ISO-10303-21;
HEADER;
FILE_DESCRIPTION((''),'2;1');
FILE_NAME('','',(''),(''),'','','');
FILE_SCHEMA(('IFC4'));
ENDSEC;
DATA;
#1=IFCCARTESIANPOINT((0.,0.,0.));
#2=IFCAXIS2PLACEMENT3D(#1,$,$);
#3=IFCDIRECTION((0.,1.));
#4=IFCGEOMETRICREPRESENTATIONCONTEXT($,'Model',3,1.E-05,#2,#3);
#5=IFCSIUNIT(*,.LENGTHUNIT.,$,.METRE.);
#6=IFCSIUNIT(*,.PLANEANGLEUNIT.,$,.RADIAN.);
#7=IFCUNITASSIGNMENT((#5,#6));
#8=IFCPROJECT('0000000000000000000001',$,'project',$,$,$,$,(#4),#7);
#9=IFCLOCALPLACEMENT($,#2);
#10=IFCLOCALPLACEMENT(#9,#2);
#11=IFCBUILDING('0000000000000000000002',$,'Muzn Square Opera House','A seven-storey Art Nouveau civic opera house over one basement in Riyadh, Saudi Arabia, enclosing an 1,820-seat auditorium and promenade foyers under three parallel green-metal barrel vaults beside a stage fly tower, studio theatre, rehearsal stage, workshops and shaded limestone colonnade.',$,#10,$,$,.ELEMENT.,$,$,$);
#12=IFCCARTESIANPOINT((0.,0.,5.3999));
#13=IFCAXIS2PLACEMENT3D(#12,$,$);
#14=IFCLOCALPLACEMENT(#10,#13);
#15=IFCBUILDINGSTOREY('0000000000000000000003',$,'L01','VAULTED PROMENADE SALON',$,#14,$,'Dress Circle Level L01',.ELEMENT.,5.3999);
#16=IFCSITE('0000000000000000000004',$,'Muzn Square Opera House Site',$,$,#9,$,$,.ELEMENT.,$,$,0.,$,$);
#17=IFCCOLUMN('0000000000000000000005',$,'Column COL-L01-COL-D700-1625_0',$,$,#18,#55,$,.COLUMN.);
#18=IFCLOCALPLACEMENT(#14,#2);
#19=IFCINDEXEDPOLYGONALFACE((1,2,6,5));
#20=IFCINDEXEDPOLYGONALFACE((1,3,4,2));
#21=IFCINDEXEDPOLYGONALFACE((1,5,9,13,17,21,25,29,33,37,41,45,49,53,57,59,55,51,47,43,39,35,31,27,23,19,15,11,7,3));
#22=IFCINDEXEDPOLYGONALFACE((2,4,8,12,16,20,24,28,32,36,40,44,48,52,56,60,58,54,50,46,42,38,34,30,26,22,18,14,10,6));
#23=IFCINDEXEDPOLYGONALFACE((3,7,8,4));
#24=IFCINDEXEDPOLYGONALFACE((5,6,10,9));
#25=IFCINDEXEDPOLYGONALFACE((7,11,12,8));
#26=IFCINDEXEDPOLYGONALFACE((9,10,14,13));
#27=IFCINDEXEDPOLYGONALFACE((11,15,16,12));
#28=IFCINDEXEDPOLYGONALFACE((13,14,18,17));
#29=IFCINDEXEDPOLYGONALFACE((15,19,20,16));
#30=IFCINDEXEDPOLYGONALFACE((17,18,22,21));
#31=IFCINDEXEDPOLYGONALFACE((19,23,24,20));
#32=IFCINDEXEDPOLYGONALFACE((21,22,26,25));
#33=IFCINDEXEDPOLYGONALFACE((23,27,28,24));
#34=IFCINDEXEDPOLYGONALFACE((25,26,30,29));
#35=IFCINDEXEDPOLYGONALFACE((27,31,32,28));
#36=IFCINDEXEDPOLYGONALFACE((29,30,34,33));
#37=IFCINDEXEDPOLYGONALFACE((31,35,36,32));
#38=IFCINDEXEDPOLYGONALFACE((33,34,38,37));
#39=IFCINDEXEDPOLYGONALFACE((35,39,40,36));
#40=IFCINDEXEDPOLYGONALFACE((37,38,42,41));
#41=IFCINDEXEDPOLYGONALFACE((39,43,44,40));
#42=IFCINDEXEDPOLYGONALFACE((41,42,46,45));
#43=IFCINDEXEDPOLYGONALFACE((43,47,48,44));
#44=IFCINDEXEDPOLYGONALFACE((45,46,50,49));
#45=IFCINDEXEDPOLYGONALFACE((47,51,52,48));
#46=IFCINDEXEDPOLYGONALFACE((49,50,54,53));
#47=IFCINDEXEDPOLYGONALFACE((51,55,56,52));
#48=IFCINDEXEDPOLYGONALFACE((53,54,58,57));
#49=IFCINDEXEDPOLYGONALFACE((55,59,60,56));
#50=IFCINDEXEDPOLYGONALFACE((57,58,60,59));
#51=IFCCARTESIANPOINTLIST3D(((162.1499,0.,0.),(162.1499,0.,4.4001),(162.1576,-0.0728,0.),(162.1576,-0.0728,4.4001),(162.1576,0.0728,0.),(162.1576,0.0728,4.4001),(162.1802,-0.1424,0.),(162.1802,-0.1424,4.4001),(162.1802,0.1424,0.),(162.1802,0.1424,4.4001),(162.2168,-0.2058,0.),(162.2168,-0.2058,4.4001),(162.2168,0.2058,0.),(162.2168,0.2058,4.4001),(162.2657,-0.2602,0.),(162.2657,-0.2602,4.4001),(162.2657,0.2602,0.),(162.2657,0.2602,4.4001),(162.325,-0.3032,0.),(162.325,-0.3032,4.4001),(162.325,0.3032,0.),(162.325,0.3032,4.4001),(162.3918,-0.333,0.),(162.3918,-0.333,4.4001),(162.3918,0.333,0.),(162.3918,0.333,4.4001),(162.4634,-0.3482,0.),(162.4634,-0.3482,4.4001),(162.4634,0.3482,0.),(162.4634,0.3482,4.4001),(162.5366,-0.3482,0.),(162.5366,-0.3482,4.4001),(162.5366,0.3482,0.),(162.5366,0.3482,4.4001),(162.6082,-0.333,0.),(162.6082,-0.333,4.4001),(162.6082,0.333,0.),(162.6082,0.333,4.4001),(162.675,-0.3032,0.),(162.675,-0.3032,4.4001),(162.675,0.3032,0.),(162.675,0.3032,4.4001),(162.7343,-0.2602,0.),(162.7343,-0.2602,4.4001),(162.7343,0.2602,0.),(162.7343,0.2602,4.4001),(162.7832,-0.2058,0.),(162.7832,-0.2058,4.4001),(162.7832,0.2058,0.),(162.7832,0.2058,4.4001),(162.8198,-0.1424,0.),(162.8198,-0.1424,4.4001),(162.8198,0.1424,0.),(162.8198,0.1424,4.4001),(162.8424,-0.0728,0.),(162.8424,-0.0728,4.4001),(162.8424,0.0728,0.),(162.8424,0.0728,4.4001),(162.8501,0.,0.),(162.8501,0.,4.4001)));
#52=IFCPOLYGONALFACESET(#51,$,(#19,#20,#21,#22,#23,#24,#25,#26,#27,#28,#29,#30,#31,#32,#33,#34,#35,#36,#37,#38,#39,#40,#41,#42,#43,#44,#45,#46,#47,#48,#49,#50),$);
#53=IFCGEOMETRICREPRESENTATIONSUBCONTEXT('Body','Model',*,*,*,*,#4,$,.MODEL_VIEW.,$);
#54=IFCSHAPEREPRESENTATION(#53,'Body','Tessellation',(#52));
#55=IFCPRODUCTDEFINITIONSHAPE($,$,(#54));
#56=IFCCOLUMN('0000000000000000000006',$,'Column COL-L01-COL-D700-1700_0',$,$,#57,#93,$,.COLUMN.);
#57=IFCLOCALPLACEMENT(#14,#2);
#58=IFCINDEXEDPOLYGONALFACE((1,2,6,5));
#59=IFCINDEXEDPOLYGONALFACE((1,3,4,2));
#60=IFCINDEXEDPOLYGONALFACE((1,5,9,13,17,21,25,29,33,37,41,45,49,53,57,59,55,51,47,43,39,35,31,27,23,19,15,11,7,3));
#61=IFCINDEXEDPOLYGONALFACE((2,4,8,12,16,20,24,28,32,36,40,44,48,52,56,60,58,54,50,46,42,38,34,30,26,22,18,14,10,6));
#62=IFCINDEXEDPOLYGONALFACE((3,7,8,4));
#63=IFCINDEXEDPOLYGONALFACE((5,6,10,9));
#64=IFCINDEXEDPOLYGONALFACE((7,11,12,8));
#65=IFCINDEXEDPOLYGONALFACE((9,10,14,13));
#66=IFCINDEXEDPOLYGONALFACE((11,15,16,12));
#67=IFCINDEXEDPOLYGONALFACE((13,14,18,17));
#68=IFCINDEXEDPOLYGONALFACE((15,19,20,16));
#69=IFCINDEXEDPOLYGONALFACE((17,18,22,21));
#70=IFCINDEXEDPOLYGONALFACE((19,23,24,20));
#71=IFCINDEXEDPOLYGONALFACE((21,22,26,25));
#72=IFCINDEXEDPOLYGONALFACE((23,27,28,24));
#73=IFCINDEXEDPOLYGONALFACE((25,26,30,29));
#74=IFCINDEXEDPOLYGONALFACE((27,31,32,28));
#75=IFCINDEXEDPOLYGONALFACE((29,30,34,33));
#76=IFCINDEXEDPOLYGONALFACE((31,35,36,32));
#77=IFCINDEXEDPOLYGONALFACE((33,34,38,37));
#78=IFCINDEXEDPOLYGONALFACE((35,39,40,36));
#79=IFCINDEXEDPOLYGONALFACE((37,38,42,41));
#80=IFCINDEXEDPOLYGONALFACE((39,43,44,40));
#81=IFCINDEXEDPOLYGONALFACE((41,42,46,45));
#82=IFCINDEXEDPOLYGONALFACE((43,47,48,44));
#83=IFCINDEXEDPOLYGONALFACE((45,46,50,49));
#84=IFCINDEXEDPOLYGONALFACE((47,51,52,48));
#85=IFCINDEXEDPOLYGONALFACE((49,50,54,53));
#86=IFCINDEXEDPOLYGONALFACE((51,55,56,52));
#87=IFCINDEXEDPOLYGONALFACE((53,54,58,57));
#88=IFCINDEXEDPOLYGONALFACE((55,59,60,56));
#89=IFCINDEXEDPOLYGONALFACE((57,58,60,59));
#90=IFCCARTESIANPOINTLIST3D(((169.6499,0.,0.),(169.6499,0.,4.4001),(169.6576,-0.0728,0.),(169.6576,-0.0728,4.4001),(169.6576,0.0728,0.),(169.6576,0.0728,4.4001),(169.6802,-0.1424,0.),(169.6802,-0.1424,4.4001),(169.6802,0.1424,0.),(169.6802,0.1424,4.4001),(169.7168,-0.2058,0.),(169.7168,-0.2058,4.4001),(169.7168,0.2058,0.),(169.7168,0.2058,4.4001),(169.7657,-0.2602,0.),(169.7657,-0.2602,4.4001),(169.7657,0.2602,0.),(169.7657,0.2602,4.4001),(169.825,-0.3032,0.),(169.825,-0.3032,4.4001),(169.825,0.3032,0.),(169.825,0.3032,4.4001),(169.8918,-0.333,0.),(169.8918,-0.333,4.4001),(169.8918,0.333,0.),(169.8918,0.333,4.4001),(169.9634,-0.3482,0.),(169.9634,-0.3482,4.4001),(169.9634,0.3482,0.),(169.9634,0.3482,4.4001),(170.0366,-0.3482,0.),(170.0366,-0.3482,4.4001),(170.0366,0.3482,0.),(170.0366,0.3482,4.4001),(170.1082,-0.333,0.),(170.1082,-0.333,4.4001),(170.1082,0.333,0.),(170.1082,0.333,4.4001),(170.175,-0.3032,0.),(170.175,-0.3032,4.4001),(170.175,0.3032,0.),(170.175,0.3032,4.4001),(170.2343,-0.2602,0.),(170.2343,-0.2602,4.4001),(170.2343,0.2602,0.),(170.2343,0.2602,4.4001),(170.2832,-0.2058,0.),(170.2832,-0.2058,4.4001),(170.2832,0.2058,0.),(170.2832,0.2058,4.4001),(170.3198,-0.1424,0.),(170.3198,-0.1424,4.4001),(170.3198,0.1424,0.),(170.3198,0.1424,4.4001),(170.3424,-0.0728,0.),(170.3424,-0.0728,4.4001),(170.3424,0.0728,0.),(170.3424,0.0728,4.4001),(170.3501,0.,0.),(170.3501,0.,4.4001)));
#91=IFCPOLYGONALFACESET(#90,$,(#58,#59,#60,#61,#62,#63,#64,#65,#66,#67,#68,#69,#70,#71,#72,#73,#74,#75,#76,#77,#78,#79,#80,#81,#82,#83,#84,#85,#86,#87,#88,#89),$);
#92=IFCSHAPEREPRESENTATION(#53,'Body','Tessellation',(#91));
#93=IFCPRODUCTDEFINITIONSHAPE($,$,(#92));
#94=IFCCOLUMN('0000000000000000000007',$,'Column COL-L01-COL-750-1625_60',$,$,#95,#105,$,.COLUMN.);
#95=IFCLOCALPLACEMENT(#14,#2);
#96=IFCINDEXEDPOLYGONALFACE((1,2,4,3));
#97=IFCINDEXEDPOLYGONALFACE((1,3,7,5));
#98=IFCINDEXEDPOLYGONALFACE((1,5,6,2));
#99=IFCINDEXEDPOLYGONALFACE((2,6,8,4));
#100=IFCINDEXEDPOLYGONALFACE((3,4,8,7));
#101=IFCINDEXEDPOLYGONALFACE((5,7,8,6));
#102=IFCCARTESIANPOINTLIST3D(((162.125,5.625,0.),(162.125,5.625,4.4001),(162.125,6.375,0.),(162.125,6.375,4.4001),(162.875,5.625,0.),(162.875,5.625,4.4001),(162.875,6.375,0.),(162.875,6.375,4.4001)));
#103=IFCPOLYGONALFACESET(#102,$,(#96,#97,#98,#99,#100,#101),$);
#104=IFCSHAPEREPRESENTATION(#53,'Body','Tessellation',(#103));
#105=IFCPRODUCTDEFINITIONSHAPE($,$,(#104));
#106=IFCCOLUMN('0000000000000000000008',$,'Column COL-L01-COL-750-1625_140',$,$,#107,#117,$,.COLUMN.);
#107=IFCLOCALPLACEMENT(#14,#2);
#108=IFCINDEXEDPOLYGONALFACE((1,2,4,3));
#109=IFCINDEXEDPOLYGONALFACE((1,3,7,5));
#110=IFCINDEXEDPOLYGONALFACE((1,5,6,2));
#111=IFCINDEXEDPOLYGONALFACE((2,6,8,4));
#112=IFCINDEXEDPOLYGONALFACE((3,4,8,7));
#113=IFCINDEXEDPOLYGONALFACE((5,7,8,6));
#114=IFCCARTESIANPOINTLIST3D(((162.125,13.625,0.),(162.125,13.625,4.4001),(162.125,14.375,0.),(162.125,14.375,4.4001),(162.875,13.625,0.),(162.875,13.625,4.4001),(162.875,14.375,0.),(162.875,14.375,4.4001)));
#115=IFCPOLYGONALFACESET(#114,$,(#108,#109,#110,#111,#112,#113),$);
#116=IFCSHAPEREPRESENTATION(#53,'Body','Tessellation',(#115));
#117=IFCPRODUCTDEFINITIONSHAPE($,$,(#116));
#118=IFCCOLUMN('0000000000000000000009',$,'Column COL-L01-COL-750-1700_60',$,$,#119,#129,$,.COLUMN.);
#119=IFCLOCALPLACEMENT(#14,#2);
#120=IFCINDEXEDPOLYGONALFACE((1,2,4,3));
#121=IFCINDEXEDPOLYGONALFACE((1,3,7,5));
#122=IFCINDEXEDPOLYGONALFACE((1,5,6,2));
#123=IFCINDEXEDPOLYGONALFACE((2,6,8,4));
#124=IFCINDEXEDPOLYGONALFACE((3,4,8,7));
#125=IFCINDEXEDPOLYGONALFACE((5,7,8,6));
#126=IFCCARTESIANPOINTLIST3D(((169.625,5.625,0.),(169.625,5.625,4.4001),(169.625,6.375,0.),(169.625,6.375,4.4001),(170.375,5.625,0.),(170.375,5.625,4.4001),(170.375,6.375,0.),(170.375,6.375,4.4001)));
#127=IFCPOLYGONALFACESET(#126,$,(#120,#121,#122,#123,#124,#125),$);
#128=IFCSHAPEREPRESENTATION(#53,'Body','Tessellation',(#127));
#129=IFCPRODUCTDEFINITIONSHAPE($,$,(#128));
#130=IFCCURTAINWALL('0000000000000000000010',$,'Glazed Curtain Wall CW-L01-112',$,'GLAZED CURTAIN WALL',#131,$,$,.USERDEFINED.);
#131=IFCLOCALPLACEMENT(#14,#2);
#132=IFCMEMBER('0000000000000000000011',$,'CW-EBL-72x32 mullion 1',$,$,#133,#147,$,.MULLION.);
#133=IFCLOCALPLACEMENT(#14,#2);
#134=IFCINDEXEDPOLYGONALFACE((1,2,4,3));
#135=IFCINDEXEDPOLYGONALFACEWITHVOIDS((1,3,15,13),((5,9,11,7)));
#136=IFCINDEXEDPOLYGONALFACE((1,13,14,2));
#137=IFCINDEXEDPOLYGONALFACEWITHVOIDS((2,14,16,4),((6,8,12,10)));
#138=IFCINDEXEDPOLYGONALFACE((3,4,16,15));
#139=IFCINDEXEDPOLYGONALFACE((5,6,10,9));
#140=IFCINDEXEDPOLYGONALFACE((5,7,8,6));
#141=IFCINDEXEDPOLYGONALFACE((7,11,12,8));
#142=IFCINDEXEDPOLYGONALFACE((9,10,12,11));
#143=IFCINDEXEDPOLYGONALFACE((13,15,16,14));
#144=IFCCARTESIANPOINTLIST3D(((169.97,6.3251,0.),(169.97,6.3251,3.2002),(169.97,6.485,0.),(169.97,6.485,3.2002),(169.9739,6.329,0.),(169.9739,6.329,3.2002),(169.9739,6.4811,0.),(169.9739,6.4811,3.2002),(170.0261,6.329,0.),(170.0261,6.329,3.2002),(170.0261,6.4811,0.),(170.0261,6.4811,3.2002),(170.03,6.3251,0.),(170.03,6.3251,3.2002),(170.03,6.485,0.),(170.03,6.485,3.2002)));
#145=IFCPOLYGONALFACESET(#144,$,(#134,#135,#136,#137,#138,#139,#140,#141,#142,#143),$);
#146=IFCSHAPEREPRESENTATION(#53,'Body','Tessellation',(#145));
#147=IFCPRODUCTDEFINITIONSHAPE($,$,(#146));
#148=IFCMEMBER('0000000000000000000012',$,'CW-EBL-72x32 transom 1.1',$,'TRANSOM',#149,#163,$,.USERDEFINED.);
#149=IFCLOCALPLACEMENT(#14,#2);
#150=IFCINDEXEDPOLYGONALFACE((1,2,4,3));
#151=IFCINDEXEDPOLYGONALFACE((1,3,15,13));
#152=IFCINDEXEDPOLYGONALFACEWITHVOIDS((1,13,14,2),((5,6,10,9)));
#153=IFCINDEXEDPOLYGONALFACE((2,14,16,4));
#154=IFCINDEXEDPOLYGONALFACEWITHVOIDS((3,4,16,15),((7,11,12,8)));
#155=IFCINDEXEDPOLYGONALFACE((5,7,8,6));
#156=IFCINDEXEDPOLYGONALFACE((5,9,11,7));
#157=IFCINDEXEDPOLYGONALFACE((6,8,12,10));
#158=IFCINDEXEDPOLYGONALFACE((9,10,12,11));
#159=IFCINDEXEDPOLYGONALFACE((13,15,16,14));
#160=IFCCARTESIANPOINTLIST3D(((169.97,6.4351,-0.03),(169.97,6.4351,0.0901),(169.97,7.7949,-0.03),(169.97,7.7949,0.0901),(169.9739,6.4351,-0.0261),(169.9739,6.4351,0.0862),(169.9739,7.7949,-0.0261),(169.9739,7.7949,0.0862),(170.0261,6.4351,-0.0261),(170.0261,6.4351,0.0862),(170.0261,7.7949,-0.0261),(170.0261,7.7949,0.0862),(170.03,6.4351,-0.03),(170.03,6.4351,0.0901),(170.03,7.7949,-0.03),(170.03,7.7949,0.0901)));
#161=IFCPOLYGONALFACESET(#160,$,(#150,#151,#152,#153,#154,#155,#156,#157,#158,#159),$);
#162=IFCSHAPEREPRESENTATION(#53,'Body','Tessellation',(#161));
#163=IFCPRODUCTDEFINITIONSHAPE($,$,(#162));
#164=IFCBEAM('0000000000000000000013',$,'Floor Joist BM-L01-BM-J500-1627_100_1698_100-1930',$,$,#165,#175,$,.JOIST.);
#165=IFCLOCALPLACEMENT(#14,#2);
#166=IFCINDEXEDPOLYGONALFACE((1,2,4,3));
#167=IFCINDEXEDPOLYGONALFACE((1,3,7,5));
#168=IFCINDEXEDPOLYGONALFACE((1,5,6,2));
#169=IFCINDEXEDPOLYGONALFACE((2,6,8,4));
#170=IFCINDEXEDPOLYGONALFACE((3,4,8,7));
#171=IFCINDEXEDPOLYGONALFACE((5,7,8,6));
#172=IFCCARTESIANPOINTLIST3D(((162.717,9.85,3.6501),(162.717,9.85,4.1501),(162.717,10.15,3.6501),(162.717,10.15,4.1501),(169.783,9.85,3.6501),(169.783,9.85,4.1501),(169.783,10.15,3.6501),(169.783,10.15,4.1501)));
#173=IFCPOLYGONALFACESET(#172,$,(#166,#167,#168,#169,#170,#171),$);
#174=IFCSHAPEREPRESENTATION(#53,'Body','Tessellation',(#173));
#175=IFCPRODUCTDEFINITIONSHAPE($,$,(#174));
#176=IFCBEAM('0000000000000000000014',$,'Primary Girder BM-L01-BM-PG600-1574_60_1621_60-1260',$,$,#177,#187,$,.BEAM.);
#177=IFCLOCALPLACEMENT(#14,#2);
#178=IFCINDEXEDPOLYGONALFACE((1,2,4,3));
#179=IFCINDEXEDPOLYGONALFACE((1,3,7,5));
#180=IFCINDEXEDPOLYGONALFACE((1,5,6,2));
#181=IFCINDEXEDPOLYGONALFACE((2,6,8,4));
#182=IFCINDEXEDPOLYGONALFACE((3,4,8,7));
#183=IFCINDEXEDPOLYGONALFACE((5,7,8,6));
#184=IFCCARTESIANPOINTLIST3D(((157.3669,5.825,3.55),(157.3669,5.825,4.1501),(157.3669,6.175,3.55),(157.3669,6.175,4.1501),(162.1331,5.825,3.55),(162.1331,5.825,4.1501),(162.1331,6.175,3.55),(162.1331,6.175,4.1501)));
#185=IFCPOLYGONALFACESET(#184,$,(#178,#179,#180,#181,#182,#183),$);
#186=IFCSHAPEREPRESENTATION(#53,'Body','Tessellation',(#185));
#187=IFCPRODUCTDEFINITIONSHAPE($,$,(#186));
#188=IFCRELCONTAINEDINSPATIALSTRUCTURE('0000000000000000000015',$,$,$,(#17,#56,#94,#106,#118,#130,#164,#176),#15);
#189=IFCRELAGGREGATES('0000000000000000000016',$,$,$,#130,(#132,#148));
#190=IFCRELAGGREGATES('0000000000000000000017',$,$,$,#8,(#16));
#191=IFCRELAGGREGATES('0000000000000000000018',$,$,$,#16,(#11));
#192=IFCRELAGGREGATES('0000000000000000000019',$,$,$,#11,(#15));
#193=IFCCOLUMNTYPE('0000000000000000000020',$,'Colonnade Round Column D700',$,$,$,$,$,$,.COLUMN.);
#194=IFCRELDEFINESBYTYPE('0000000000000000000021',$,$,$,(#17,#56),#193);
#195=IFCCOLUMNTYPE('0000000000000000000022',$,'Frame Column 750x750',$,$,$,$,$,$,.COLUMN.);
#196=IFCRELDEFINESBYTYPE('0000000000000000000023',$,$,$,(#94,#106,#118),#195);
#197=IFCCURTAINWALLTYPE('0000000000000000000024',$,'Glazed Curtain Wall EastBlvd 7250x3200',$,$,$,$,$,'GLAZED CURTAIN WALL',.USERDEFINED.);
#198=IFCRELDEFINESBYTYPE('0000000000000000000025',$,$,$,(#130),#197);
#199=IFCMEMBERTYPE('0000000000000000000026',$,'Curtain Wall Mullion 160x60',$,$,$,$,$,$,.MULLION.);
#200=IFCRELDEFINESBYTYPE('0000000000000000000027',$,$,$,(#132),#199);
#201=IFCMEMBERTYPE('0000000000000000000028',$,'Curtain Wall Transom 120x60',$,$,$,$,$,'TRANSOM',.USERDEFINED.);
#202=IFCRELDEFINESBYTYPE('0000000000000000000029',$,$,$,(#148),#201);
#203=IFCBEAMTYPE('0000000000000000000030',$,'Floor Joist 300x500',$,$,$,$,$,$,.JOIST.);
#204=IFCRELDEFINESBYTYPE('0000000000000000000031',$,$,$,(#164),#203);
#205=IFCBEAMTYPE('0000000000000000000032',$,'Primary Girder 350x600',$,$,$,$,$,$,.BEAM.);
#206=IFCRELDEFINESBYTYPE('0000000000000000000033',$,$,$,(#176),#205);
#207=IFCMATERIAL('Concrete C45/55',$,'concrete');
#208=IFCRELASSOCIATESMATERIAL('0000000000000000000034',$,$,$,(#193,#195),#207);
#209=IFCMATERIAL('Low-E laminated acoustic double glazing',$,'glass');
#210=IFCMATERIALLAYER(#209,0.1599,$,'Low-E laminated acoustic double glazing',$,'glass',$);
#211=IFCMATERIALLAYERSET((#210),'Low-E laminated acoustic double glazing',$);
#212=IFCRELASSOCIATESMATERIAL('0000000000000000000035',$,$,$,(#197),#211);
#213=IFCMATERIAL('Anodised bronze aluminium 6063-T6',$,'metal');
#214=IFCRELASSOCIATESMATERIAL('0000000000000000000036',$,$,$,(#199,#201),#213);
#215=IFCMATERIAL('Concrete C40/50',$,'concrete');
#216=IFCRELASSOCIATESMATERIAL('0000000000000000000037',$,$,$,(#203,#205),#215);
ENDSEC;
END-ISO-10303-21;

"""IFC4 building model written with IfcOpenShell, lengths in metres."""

from ifc_helpers import new_model, si_unit, direction, frame, origin, origin_2d, place, context, subcontext, project, spatial, rectangle, hollow_rectangle, circle, extrude, material, layer, layer_set, material_profile, profile_set, type_object, element, aggregate, save


model = new_model("IFC4")

# Units and contexts
model_context = context("Model", 3, precision=1e-05, world=origin(), true_north=direction((0.0, 1.0)))
body_context = subcontext(model_context, "Body", "Model", "MODEL_VIEW")
ifc_project = project(units=[si_unit("LENGTHUNIT", "METRE"), si_unit("PLANEANGLEUNIT", "RADIAN")], contexts=[model_context])

# Site, building, storey
site_placement = place(None, origin())
site = spatial("IfcSite", under=ifc_project, at=site_placement, Name="Muzn Square Opera House Site", CompositionType="ELEMENT", RefElevation=0.0)
building_placement = place(site_placement, origin())
building = spatial("IfcBuilding", under=site, at=building_placement, Name="Muzn Square Opera House", Description="A seven-storey Art Nouveau civic opera house over one basement in Riyadh, Saudi Arabia, enclosing an 1,820-seat auditorium and promenade foyers under three parallel green-metal barrel vaults beside a stage fly tower, studio theatre, rehearsal stage, workshops and shaded limestone colonnade.", CompositionType="ELEMENT")
storey_placement = place(building_placement, frame((0.0, 0.0, 5.3999)))
storey = spatial("IfcBuildingStorey", under=building, at=storey_placement, Name="L01", Description="VAULTED PROMENADE SALON", LongName="Dress Circle Level L01", CompositionType="ELEMENT", Elevation=5.3999)

# Columns
ifc_material_1 = material(Name="Concrete C45/55", Category="concrete")
ifc_material_profile_1 = material_profile(ifc_material_1, circle(Radius=0.3501, at=origin_2d()), Name="RCC D700", Category="concrete")
ifc_profile_set_1 = profile_set([ifc_material_profile_1], Name="Concrete C45/55")
column_type_1 = type_object("IfcColumnType", Name="Colonnade Round Column D700", PredefinedType="COLUMN", material=ifc_profile_set_1)
for number, where, z_axis, x_axis, name in (
    (1, (162.5, 0.0, 0.0), (0.0, 0.0, 1.0), (1.0, 0.0, 0.0), "Column COL-L01-COL-D700-1625_0"),
    (2, (170.0, 0.0, 0.0), (0.0, 0.0, 1.0), (1.0, 0.0, 0.0), "Column COL-L01-COL-D700-1700_0"),
):
    element("IfcColumn", number, at=place(storey_placement, frame(where, z_axis=z_axis, x_axis=x_axis)), inside=storey, type_object=column_type_1, Name=name, PredefinedType="COLUMN", context=body_context, shape_type="SweptSolid", body=[
        extrude(circle(Radius=0.3501, at=origin_2d()), origin(), (0.0, 0.0, 1.0), 4.4001),
    ])
ifc_material_profile_2 = material_profile(ifc_material_1, rectangle(XDim=0.75, YDim=0.75, at=origin_2d()), Name="RC 750x750", Category="concrete")
ifc_profile_set_2 = profile_set([ifc_material_profile_2], Name="Concrete C45/55")
column_type_2 = type_object("IfcColumnType", Name="Frame Column 750x750", PredefinedType="COLUMN", material=ifc_profile_set_2)
for number, where, z_axis, x_axis, name in (
    (3, (162.5, 6.0, 0.0), (0.0, 0.0, 1.0), (1.0, 0.0, 0.0), "Column COL-L01-COL-750-1625_60"),
    (4, (162.5, 14.0, 0.0), (0.0, 0.0, 1.0), (1.0, 0.0, 0.0), "Column COL-L01-COL-750-1625_140"),
    (5, (170.0, 6.0, 0.0), (0.0, 0.0, 1.0), (1.0, 0.0, 0.0), "Column COL-L01-COL-750-1700_60"),
):
    element("IfcColumn", number, at=place(storey_placement, frame(where, z_axis=z_axis, x_axis=x_axis)), inside=storey, type_object=column_type_2, Name=name, PredefinedType="COLUMN", context=body_context, shape_type="SweptSolid", body=[
        extrude(rectangle(XDim=0.75, YDim=0.75, at=origin_2d()), origin(), (0.0, 0.0, 1.0), 4.4001),
    ])

# Curtain wall, members
ifc_material_2 = material(Name="Low-E laminated acoustic double glazing", Category="glass")
ifc_layer_1 = layer(ifc_material_2, 0.1599, Name="Low-E laminated acoustic double glazing", Category="glass")
ifc_layer_set_1 = layer_set([ifc_layer_1], Name="Low-E laminated acoustic double glazing")
curtain_wall_type = type_object("IfcCurtainWallType", Name="Glazed Curtain Wall EastBlvd 7250x3200", ElementType="GLAZED CURTAIN WALL", PredefinedType="USERDEFINED", material=ifc_layer_set_1)
curtain_wall_placement = place(storey_placement, origin())
curtain_wall = element("IfcCurtainWall", 6, at=curtain_wall_placement, inside=storey, type_object=curtain_wall_type, Name="Glazed Curtain Wall CW-L01-112", ObjectType="GLAZED CURTAIN WALL", PredefinedType="USERDEFINED")
ifc_material_3 = material(Name="Anodised bronze aluminium 6063-T6", Category="metal")
ifc_material_profile_3 = material_profile(ifc_material_3, hollow_rectangle(XDim=0.0601, YDim=0.1599, WallThickness=0.0039, at=origin_2d()), Name="ALU 160x60x4", Category="metal")
ifc_profile_set_3 = profile_set([ifc_material_profile_3], Name="Anodised bronze aluminium 6063-T6")
member_type_1 = type_object("IfcMemberType", Name="Curtain Wall Mullion 160x60", PredefinedType="MULLION", material=ifc_profile_set_3)
member_1_placement = place(storey_placement, frame((170.0, 6.405, 0.0), z_axis=(0.0, 0.0, 1.0), x_axis=(-1.0, 0.0, 0.0)))
member_1 = element("IfcMember", 7, at=member_1_placement, type_object=member_type_1, Name="CW-EBL-72x32 mullion 1", PredefinedType="MULLION", context=body_context, shape_type="SweptSolid", body=[
    extrude(hollow_rectangle(XDim=0.0601, YDim=0.1599, WallThickness=0.0039, at=origin_2d()), origin(), (0.0, 0.0, 1.0), 3.2002),
])
ifc_material_profile_4 = material_profile(ifc_material_3, hollow_rectangle(XDim=0.0601, YDim=0.1201, WallThickness=0.0039, at=origin_2d()), Name="ALU 120x60x4", Category="metal")
ifc_profile_set_4 = profile_set([ifc_material_profile_4], Name="Anodised bronze aluminium 6063-T6")
member_type_2 = type_object("IfcMemberType", Name="Curtain Wall Transom 120x60", ElementType="TRANSOM", PredefinedType="USERDEFINED", material=ifc_profile_set_4)
member_2_placement = place(storey_placement, frame((170.0, 6.4351, 0.03), z_axis=(0.0, 1.0, 0.0), x_axis=(-1.0, 0.0, 0.0)))
member_2 = element("IfcMember", 8, at=member_2_placement, type_object=member_type_2, Name="CW-EBL-72x32 transom 1.1", ObjectType="TRANSOM", PredefinedType="USERDEFINED", context=body_context, shape_type="SweptSolid", body=[
    extrude(hollow_rectangle(XDim=0.0601, YDim=0.1201, WallThickness=0.0039, at=origin_2d()), origin(), (0.0, 0.0, 1.0), 1.3599),
])
aggregate(curtain_wall, [member_1, member_2])

# Beams
ifc_material_4 = material(Name="Concrete C40/50", Category="concrete")
ifc_material_profile_5 = material_profile(ifc_material_4, rectangle(XDim=0.3, YDim=0.5, at=origin_2d()), Name="RCJ 300x500", Category="concrete")
ifc_profile_set_5 = profile_set([ifc_material_profile_5], Name="Concrete C40/50")
beam_type_1 = type_object("IfcBeamType", Name="Floor Joist 300x500", PredefinedType="JOIST", material=ifc_profile_set_5)
beam_1_placement = place(storey_placement, frame((162.717, 10.0, 3.9001), z_axis=(1.0, 0.0, 0.0), x_axis=(0.0, 1.0, 0.0)))
element("IfcBeam", 9, at=beam_1_placement, inside=storey, type_object=beam_type_1, Name="Floor Joist BM-L01-BM-J500-1627_100_1698_100-1930", PredefinedType="JOIST", context=body_context, shape_type="SweptSolid", body=[
    extrude(rectangle(XDim=0.3, YDim=0.5, at=origin_2d()), origin(), (0.0, 0.0, 1.0), 7.0659),
])
ifc_material_profile_6 = material_profile(ifc_material_4, rectangle(XDim=0.3501, YDim=0.6001, at=origin_2d()), Name="RCB 350x600", Category="concrete")
ifc_profile_set_6 = profile_set([ifc_material_profile_6], Name="Concrete C40/50")
beam_type_2 = type_object("IfcBeamType", Name="Primary Girder 350x600", PredefinedType="BEAM", material=ifc_profile_set_6)
beam_2_placement = place(storey_placement, frame((157.3669, 6.0, 3.8501), z_axis=(1.0, 0.0, 0.0), x_axis=(0.0, 1.0, 0.0)))
element("IfcBeam", 10, at=beam_2_placement, inside=storey, type_object=beam_type_2, Name="Primary Girder BM-L01-BM-PG600-1574_60_1621_60-1260", PredefinedType="BEAM", context=body_context, shape_type="SweptSolid", body=[
    extrude(rectangle(XDim=0.3501, YDim=0.6001, at=origin_2d()), origin(), (0.0, 0.0, 1.0), 4.7661),
])

save(model, "model.ifc")
